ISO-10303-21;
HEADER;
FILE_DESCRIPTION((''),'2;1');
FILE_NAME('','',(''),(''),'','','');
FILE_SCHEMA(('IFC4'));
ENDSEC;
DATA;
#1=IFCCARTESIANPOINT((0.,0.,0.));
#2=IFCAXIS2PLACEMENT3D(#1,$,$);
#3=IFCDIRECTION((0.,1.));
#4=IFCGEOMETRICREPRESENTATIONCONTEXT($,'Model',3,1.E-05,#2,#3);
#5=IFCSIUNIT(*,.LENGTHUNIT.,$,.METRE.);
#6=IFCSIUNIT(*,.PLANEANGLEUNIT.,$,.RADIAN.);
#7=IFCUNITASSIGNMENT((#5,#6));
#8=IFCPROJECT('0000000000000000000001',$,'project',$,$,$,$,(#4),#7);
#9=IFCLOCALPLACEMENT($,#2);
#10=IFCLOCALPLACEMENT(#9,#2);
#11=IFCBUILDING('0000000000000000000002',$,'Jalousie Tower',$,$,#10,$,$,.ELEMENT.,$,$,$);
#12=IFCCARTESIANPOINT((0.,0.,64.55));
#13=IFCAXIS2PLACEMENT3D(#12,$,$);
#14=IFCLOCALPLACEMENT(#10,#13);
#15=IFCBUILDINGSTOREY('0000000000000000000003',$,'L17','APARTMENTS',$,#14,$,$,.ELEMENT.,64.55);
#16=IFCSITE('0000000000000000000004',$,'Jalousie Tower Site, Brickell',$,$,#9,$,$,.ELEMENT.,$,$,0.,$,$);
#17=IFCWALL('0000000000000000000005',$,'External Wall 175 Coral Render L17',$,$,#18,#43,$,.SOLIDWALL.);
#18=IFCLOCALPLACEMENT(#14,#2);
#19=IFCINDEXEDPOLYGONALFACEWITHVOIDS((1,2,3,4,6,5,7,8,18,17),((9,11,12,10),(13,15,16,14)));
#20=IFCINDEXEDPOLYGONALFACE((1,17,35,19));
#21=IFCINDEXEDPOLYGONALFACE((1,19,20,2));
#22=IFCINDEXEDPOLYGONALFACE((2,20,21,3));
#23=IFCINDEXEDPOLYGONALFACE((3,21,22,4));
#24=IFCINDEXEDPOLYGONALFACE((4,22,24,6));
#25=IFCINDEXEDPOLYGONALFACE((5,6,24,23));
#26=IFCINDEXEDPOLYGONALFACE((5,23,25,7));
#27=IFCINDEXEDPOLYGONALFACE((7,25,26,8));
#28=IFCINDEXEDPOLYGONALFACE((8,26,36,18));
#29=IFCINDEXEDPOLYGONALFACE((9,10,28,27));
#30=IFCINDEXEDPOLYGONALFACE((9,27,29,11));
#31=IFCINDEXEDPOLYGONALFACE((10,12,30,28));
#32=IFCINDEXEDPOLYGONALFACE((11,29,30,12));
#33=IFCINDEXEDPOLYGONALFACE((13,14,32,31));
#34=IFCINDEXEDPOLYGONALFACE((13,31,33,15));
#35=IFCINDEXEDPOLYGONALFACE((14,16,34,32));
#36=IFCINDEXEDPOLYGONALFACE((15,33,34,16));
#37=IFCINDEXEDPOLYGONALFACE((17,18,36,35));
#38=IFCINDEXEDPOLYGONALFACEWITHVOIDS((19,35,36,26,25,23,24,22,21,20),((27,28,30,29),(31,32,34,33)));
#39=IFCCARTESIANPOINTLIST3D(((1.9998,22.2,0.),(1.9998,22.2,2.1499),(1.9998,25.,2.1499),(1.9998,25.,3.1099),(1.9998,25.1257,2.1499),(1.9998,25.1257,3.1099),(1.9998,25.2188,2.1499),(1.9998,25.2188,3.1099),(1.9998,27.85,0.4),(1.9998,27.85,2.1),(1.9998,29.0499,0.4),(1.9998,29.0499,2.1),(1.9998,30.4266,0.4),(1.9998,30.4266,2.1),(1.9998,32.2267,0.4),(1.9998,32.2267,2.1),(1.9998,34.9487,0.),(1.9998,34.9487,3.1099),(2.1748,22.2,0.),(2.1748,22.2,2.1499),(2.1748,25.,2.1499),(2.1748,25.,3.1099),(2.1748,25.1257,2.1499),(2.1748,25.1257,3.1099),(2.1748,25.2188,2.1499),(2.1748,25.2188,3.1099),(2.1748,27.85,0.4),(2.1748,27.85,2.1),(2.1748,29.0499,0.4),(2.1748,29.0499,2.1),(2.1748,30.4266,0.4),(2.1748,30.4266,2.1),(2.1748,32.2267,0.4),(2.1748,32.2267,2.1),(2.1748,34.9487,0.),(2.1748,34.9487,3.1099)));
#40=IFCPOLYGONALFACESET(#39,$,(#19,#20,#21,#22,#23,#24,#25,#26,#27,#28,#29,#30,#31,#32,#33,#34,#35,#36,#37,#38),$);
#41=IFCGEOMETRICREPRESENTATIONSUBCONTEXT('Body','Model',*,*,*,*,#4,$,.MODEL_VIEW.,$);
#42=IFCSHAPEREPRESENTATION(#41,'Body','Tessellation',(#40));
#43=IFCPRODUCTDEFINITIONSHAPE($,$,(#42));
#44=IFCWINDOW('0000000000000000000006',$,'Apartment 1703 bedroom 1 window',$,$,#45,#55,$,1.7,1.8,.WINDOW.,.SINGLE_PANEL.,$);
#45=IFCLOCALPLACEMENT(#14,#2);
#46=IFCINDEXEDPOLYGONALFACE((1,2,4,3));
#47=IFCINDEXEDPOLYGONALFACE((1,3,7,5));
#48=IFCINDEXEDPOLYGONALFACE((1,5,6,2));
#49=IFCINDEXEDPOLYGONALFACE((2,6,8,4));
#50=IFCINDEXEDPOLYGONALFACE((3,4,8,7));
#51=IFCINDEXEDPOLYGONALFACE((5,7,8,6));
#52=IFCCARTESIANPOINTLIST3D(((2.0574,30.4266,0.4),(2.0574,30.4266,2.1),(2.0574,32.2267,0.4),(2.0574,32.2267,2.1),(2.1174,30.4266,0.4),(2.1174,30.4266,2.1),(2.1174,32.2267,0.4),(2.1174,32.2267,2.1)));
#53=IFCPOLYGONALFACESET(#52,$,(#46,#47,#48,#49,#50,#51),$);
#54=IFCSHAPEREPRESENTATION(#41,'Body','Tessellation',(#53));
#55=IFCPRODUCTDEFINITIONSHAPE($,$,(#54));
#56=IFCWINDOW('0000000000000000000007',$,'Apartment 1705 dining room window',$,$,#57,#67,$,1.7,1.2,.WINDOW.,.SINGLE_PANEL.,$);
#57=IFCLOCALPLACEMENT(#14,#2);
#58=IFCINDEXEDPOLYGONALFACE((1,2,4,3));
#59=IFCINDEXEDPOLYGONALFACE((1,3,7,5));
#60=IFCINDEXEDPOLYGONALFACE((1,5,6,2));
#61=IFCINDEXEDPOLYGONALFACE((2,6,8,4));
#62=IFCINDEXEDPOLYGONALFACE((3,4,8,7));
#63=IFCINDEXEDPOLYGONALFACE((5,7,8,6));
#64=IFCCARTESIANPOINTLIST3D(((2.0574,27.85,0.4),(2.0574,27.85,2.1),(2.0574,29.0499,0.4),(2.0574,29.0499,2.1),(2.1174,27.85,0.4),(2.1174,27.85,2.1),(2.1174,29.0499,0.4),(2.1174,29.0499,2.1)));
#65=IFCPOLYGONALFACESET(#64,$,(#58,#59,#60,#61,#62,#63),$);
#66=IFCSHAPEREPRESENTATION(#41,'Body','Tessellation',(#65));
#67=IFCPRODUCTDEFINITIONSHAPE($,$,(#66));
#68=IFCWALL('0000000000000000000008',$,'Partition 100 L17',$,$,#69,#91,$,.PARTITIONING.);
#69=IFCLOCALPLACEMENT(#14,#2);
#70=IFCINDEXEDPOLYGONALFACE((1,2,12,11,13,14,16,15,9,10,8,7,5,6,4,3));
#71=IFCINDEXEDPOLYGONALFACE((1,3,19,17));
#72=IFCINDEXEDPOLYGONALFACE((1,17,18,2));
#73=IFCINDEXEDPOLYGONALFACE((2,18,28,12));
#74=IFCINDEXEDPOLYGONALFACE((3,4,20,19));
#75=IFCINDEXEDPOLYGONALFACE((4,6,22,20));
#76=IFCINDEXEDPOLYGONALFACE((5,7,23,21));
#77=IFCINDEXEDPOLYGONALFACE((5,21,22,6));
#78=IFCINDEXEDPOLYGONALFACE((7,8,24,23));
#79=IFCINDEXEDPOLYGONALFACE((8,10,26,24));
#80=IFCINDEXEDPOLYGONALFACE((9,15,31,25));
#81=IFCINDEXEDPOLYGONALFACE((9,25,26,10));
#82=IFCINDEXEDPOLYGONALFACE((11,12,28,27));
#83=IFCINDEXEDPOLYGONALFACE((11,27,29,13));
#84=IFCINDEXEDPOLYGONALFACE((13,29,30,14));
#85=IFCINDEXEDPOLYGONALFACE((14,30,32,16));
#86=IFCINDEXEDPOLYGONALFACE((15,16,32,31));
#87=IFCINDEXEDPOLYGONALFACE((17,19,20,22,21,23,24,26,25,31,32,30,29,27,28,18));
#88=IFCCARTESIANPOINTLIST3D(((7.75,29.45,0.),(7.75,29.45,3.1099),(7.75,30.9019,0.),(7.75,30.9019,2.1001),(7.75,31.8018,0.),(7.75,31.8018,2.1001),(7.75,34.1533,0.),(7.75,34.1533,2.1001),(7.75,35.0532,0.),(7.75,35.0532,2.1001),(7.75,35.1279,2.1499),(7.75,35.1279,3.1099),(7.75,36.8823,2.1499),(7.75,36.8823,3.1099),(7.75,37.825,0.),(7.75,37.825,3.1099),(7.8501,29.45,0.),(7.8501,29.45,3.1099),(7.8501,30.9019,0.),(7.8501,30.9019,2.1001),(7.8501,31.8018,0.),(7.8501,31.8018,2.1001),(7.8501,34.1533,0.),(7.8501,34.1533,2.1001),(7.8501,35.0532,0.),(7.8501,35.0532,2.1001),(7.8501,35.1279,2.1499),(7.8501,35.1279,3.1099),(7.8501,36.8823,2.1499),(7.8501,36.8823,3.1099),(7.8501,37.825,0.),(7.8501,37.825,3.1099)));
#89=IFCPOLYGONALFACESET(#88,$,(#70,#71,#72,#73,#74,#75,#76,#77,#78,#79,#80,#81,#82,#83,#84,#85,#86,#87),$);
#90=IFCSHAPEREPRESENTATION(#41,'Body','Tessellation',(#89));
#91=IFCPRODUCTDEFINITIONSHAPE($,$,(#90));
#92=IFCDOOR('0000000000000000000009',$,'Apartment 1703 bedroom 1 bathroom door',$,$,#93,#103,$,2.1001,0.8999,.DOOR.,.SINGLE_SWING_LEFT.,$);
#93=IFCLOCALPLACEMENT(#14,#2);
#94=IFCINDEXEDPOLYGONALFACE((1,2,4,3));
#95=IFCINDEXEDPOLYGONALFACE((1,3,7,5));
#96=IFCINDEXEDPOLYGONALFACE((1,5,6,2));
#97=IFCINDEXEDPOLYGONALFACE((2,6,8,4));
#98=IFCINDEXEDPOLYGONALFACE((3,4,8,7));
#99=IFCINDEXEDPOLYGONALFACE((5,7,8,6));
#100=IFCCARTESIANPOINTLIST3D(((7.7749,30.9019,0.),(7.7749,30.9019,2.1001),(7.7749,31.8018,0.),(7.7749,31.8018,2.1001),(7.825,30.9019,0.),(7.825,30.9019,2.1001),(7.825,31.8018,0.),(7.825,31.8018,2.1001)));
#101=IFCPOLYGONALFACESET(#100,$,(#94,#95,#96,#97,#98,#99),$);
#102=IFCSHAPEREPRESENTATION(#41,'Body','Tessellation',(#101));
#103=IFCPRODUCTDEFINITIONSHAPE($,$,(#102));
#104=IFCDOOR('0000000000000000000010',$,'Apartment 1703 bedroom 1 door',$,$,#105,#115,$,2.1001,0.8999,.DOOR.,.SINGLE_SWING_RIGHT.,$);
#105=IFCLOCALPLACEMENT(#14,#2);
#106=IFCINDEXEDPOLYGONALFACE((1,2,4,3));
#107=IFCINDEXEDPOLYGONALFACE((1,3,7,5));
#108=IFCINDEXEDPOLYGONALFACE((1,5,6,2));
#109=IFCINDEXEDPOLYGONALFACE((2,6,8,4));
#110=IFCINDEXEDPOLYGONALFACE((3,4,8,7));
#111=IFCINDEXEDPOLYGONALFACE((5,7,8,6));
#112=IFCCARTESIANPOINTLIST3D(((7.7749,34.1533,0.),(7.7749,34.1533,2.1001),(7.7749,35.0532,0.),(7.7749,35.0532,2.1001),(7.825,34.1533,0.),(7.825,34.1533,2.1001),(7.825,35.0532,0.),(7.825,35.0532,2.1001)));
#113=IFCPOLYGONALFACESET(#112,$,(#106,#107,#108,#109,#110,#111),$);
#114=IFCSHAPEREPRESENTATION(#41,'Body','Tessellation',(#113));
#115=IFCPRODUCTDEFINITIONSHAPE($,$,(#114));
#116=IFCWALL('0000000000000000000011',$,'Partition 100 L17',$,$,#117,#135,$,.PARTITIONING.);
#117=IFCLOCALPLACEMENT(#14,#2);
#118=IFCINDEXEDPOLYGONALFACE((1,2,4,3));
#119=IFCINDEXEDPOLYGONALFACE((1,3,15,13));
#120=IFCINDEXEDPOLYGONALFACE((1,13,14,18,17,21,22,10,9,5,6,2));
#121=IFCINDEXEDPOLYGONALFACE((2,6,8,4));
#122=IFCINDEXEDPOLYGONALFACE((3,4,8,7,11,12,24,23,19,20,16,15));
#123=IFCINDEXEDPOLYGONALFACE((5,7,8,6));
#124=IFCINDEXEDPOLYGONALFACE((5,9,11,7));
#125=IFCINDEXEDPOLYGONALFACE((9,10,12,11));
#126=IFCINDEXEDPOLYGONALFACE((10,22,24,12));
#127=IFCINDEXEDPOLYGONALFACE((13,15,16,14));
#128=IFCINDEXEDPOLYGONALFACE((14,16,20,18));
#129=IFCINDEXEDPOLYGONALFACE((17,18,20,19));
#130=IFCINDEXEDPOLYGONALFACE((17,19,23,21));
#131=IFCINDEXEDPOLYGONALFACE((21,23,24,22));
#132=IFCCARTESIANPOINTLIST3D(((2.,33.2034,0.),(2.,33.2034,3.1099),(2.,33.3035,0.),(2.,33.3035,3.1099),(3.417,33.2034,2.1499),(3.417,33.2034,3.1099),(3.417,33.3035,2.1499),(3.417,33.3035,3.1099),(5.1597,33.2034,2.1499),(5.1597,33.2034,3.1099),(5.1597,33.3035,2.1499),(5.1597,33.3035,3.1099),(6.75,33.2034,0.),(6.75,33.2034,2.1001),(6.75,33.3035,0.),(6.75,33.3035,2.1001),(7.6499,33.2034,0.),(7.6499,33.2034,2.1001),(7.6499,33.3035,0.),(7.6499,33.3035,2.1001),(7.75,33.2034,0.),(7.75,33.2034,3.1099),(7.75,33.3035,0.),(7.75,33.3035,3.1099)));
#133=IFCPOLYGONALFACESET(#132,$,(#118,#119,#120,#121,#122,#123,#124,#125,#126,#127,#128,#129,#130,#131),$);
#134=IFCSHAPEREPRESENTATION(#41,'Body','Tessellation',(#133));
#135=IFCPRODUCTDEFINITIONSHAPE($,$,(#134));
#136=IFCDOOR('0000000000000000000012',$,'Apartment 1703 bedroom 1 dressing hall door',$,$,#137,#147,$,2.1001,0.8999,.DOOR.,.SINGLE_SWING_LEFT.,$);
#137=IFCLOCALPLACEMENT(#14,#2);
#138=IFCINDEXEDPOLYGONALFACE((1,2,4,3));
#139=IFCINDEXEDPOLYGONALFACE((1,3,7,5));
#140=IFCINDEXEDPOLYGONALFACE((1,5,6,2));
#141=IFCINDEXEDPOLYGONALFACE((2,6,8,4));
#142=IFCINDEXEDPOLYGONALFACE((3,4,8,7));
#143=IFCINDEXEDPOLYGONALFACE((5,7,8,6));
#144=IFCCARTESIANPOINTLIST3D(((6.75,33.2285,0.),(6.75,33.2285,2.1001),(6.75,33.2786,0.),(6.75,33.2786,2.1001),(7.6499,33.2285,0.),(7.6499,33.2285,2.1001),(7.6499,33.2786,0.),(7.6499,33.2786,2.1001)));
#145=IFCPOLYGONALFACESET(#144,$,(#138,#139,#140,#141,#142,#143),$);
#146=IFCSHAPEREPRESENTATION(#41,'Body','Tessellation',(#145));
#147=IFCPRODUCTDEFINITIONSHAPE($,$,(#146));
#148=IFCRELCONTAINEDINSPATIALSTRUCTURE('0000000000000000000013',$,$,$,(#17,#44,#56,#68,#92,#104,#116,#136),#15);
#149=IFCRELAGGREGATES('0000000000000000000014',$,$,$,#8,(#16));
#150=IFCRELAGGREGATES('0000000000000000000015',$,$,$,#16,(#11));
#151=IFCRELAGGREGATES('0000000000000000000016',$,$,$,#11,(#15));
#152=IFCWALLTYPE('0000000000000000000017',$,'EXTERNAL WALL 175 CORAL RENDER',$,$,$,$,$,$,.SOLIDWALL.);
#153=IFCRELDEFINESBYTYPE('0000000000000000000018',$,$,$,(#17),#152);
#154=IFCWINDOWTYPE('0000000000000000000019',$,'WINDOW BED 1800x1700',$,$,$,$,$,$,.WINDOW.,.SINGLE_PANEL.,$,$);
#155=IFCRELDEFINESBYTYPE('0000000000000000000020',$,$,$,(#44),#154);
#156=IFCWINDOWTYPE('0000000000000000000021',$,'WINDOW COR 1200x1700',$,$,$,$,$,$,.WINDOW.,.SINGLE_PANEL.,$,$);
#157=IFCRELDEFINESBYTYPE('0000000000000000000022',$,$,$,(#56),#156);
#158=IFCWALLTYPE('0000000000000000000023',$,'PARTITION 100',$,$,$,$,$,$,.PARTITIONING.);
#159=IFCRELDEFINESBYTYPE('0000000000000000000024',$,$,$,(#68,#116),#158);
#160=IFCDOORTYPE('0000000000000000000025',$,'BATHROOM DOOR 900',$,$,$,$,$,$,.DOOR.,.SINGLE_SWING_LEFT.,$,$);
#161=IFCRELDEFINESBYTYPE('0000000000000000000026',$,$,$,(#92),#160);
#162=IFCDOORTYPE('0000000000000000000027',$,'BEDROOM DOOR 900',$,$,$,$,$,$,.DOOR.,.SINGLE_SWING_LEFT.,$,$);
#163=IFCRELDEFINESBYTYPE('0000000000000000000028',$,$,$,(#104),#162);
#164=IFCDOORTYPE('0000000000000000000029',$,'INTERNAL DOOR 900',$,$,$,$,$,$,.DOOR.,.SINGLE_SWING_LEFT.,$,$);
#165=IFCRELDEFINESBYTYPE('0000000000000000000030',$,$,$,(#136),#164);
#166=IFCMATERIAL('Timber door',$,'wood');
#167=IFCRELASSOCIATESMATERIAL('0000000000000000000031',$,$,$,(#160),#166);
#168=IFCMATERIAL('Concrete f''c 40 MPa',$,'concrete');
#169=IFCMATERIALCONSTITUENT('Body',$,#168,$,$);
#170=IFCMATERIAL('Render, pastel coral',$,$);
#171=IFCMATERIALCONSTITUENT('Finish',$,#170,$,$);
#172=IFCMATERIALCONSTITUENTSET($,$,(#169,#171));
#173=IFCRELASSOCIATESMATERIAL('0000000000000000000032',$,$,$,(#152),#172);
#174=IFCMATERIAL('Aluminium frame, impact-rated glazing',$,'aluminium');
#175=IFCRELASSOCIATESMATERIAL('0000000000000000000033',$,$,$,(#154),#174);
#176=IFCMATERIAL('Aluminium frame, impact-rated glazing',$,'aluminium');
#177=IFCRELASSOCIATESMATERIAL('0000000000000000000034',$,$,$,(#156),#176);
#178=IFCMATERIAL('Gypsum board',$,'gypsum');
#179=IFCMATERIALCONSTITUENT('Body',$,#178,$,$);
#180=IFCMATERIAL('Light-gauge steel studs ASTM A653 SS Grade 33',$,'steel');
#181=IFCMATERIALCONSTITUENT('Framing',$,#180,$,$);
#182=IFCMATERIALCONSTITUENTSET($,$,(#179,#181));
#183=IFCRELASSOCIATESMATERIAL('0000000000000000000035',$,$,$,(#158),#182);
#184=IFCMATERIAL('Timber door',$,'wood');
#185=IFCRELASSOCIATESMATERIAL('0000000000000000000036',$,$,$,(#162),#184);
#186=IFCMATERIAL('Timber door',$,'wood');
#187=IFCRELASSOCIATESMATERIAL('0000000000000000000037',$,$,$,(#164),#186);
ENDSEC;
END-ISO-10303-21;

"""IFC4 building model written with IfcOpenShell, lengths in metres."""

from ifc_helpers import new_model, si_unit, direction, frame, frame_2d, origin, place, context, subcontext, project, spatial, polyline, rectangle, outline, extrude, material, constituent, constituent_set, type_object, element, fill, save


model = new_model("IFC4")

# Units and contexts
model_context = context("Model", 3, precision=1e-05, world=origin(), true_north=direction((0.0, 1.0)))
body_context = subcontext(model_context, "Body", "Model", "MODEL_VIEW")
ifc_project = project(units=[si_unit("LENGTHUNIT", "METRE"), si_unit("PLANEANGLEUNIT", "RADIAN")], contexts=[model_context])

# Site, building, storey
site_placement = place(None, origin())
site = spatial("IfcSite", under=ifc_project, at=site_placement, Name="Jalousie Tower Site, Brickell", CompositionType="ELEMENT", RefElevation=0.0)
building_placement = place(site_placement, origin())
building = spatial("IfcBuilding", under=site, at=building_placement, Name="Jalousie Tower", CompositionType="ELEMENT")
storey_placement = place(building_placement, frame((0.0, 0.0, 64.55)))
storey = spatial("IfcBuildingStorey", under=building, at=storey_placement, Name="L17", Description="APARTMENTS", CompositionType="ELEMENT", Elevation=64.55)

# Shared definitions
ifc_material_1 = material(Name="Timber door", Category="wood")
door_type_1 = type_object("IfcDoorType", Name="BATHROOM DOOR 900", OperationType="SINGLE_SWING_LEFT", PredefinedType="DOOR", material=ifc_material_1)

# Wall, openings, windows
ifc_material_2 = material(Name="Concrete f'c 40 MPa", Category="concrete")
ifc_constituent_1 = constituent(ifc_material_2, Name="Body")
ifc_material_3 = material(Name="Render, pastel coral")
ifc_constituent_2 = constituent(ifc_material_3, Name="Finish")
ifc_constituent_set_1 = constituent_set(constituents=[ifc_constituent_1, ifc_constituent_2])
wall_type_1 = type_object("IfcWallType", Name="EXTERNAL WALL 175 CORAL RENDER", PredefinedType="SOLIDWALL", material=ifc_constituent_set_1)
wall_1_placement = place(storey_placement, frame((2.0874, 34.9487, 0.0), z_axis=(0.0, 0.0, 1.0), x_axis=(0.0, -1.0, 0.0)))
wall_1 = element("IfcWall", 1, at=wall_1_placement, inside=storey, type_object=wall_type_1, Name="External Wall 175 Coral Render L17", PredefinedType="SOLIDWALL", context=body_context, shape_type="SweptSolid", body=[
    extrude(outline(polyline([(0.0, 0.0), (12.7488, 0.0), (12.7488, 2.1499), (9.9487, 2.1499), (9.9487, 3.1099), (9.823, 3.1099), (9.823, 2.1499), (9.73, 2.1499), (9.73, 3.1099), (0.0, 3.1099), (0.0, 0.0)])), frame((0.0, 0.0874, 0.0), z_axis=(0.0, -1.0, 0.0), x_axis=(1.0, 0.0, 0.0)), (0.0, 0.0, 1.0), 0.175),
])
opening_1_placement = place(wall_1_placement, frame((2.7222, 0.0, 0.3999)))
opening_1 = element("IfcOpeningElement", 2, at=opening_1_placement, cuts=wall_1, PredefinedType="OPENING", context=body_context, shape_type="SweptSolid", body=[
    extrude(rectangle(XDim=1.8, YDim=1.7, at=frame_2d((0.8999, 0.8501))), frame((0.0, 0.0974, 0.0), z_axis=(0.0, -1.0, 0.0), x_axis=(1.0, 0.0, 0.0)), (0.0, 0.0, 1.0), 0.1951),
])
opening_2_placement = place(wall_1_placement, frame((5.8987, 0.0, 0.3999)))
opening_2 = element("IfcOpeningElement", 3, at=opening_2_placement, cuts=wall_1, PredefinedType="OPENING", context=body_context, shape_type="SweptSolid", body=[
    extrude(rectangle(XDim=1.2, YDim=1.7, at=frame_2d((0.6001, 0.8501))), frame((0.0, 0.0974, 0.0), z_axis=(0.0, -1.0, 0.0), x_axis=(1.0, 0.0, 0.0)), (0.0, 0.0, 1.0), 0.1951),
])
ifc_material_4 = material(Name="Aluminium frame, impact-rated glazing", Category="aluminium")
window_type_1 = type_object("IfcWindowType", Name="WINDOW BED 1800x1700", PartitioningType="SINGLE_PANEL", PredefinedType="WINDOW", material=ifc_material_4)
window_1_placement = place(opening_1_placement, origin())
window_1 = element("IfcWindow", 4, at=window_1_placement, inside=storey, type_object=window_type_1, Name="Apartment 1703 bedroom 1 window", OverallHeight=1.7, OverallWidth=1.8, PartitioningType="SINGLE_PANEL", PredefinedType="WINDOW", context=body_context, shape_type="SweptSolid", body=[
    extrude(rectangle(XDim=1.8, YDim=1.7, at=frame_2d((0.8999, 0.8501))), frame((0.0, 0.03, 0.0), z_axis=(0.0, -1.0, 0.0), x_axis=(1.0, 0.0, 0.0)), (0.0, 0.0, 1.0), 0.0601),
])
fill(opening_1, window_1)
ifc_material_5 = material(Name="Aluminium frame, impact-rated glazing", Category="aluminium")
window_type_2 = type_object("IfcWindowType", Name="WINDOW COR 1200x1700", PartitioningType="SINGLE_PANEL", PredefinedType="WINDOW", material=ifc_material_5)
window_2_placement = place(opening_2_placement, origin())
window_2 = element("IfcWindow", 5, at=window_2_placement, inside=storey, type_object=window_type_2, Name="Apartment 1705 dining room window", OverallHeight=1.7, OverallWidth=1.2, PartitioningType="SINGLE_PANEL", PredefinedType="WINDOW", context=body_context, shape_type="SweptSolid", body=[
    extrude(rectangle(XDim=1.2, YDim=1.7, at=frame_2d((0.6001, 0.8501))), frame((0.0, 0.03, 0.0), z_axis=(0.0, -1.0, 0.0), x_axis=(1.0, 0.0, 0.0)), (0.0, 0.0, 1.0), 0.0601),
])
fill(opening_2, window_2)

# Wall, openings, doors
ifc_material_6 = material(Name="Gypsum board", Category="gypsum")
ifc_constituent_3 = constituent(ifc_material_6, Name="Body")
ifc_material_7 = material(Name="Light-gauge steel studs ASTM A653 SS Grade 33", Category="steel")
ifc_constituent_4 = constituent(ifc_material_7, Name="Framing")
ifc_constituent_set_2 = constituent_set(constituents=[ifc_constituent_3, ifc_constituent_4])
wall_type_2 = type_object("IfcWallType", Name="PARTITION 100", PredefinedType="PARTITIONING", material=ifc_constituent_set_2)
wall_2_placement = place(storey_placement, frame((7.8, 37.825, 0.0), z_axis=(0.0, 0.0, 1.0), x_axis=(0.0, -1.0, 0.0)))
wall_2 = element("IfcWall", 6, at=wall_2_placement, inside=storey, type_object=wall_type_2, Name="Partition 100 L17", PredefinedType="PARTITIONING", context=body_context, shape_type="SweptSolid", body=[
    extrude(outline(polyline([(0.0, 0.0), (8.375, 0.0), (8.375, 3.1099), (2.697, 3.1099), (2.697, 2.1499), (0.9426, 2.1499), (0.9426, 3.1099), (0.0, 3.1099), (0.0, 0.0)])), frame((0.0, 0.05, 0.0), z_axis=(0.0, -1.0, 0.0), x_axis=(1.0, 0.0, 0.0)), (0.0, 0.0, 1.0), 0.1001),
])
opening_3_placement = place(wall_2_placement, frame((2.7717, 0.0, 0.0)))
opening_3 = element("IfcOpeningElement", 7, at=opening_3_placement, cuts=wall_2, PredefinedType="OPENING", context=body_context, shape_type="SweptSolid", body=[
    extrude(rectangle(XDim=0.8999, YDim=2.1001, at=frame_2d((0.45, 1.05))), frame((0.0, 0.0601, 0.0), z_axis=(0.0, -1.0, 0.0), x_axis=(1.0, 0.0, 0.0)), (0.0, 0.0, 1.0), 0.1201),
])
opening_4_placement = place(wall_2_placement, frame((6.0232, 0.0, 0.0)))
opening_4 = element("IfcOpeningElement", 8, at=opening_4_placement, cuts=wall_2, PredefinedType="OPENING", context=body_context, shape_type="SweptSolid", body=[
    extrude(rectangle(XDim=0.8999, YDim=2.1001, at=frame_2d((0.45, 1.05))), frame((0.0, 0.0601, 0.0), z_axis=(0.0, -1.0, 0.0), x_axis=(1.0, 0.0, 0.0)), (0.0, 0.0, 1.0), 0.1201),
])
door_1_placement = place(opening_4_placement, origin())
door_1 = element("IfcDoor", 9, at=door_1_placement, inside=storey, type_object=door_type_1, Name="Apartment 1703 bedroom 1 bathroom door", OperationType="SINGLE_SWING_LEFT", OverallHeight=2.1001, OverallWidth=0.8999, PredefinedType="DOOR", context=body_context, shape_type="SweptSolid", body=[
    extrude(rectangle(XDim=0.8999, YDim=2.1001, at=frame_2d((0.45, 1.05))), frame((0.0, 0.0249, 0.0), z_axis=(0.0, -1.0, 0.0), x_axis=(1.0, 0.0, 0.0)), (0.0, 0.0, 1.0), 0.05),
])
fill(opening_4, door_1)
ifc_material_8 = material(Name="Timber door", Category="wood")
door_type_2 = type_object("IfcDoorType", Name="BEDROOM DOOR 900", OperationType="SINGLE_SWING_LEFT", PredefinedType="DOOR", material=ifc_material_8)
door_2_placement = place(opening_3_placement, origin())
door_2 = element("IfcDoor", 10, at=door_2_placement, inside=storey, type_object=door_type_2, Name="Apartment 1703 bedroom 1 door", OperationType="SINGLE_SWING_RIGHT", OverallHeight=2.1001, OverallWidth=0.8999, PredefinedType="DOOR", context=body_context, shape_type="SweptSolid", body=[
    extrude(rectangle(XDim=0.8999, YDim=2.1001, at=frame_2d((0.45, 1.05))), frame((0.0, 0.0249, 0.0), z_axis=(0.0, -1.0, 0.0), x_axis=(1.0, 0.0, 0.0)), (0.0, 0.0, 1.0), 0.05),
])
fill(opening_3, door_2)

# Wall, opening, door
wall_3_placement = place(storey_placement, frame((2.0, 33.2534, 0.0), z_axis=(0.0, 0.0, 1.0), x_axis=(1.0, 0.0, 0.0)))
wall_3 = element("IfcWall", 11, at=wall_3_placement, inside=storey, type_object=wall_type_2, Name="Partition 100 L17", PredefinedType="PARTITIONING", context=body_context, shape_type="SweptSolid", body=[
    extrude(outline(polyline([(0.0, 0.0), (5.75, 0.0), (5.75, 3.1099), (3.1597, 3.1099), (3.1597, 2.1499), (1.417, 2.1499), (1.417, 3.1099), (0.0, 3.1099), (0.0, 0.0)])), frame((0.0, 0.05, 0.0), z_axis=(0.0, -1.0, 0.0), x_axis=(1.0, 0.0, 0.0)), (0.0, 0.0, 1.0), 0.1001),
])
opening_5_placement = place(wall_3_placement, frame((4.75, 0.0, 0.0)))
opening_5 = element("IfcOpeningElement", 12, at=opening_5_placement, cuts=wall_3, PredefinedType="OPENING", context=body_context, shape_type="SweptSolid", body=[
    extrude(rectangle(XDim=0.8999, YDim=2.1001, at=frame_2d((0.45, 1.05))), frame((0.0, 0.0601, 0.0), z_axis=(0.0, -1.0, 0.0), x_axis=(1.0, 0.0, 0.0)), (0.0, 0.0, 1.0), 0.1201),
])
ifc_material_9 = material(Name="Timber door", Category="wood")
door_type_3 = type_object("IfcDoorType", Name="INTERNAL DOOR 900", OperationType="SINGLE_SWING_LEFT", PredefinedType="DOOR", material=ifc_material_9)
door_3_placement = place(opening_5_placement, frame((0.8999, 0.0, 0.0), z_axis=(0.0, 0.0, 1.0), x_axis=(-1.0, 0.0, 0.0)))
door_3 = element("IfcDoor", 13, at=door_3_placement, inside=storey, type_object=door_type_3, Name="Apartment 1703 bedroom 1 dressing hall door", OperationType="SINGLE_SWING_LEFT", OverallHeight=2.1001, OverallWidth=0.8999, PredefinedType="DOOR", context=body_context, shape_type="SweptSolid", body=[
    extrude(rectangle(XDim=0.8999, YDim=2.1001, at=frame_2d((0.45, 1.05))), frame((0.0, 0.0249, 0.0), z_axis=(0.0, -1.0, 0.0), x_axis=(1.0, 0.0, 0.0)), (0.0, 0.0, 1.0), 0.05),
])
fill(opening_5, door_3)

save(model, "model.ifc")
